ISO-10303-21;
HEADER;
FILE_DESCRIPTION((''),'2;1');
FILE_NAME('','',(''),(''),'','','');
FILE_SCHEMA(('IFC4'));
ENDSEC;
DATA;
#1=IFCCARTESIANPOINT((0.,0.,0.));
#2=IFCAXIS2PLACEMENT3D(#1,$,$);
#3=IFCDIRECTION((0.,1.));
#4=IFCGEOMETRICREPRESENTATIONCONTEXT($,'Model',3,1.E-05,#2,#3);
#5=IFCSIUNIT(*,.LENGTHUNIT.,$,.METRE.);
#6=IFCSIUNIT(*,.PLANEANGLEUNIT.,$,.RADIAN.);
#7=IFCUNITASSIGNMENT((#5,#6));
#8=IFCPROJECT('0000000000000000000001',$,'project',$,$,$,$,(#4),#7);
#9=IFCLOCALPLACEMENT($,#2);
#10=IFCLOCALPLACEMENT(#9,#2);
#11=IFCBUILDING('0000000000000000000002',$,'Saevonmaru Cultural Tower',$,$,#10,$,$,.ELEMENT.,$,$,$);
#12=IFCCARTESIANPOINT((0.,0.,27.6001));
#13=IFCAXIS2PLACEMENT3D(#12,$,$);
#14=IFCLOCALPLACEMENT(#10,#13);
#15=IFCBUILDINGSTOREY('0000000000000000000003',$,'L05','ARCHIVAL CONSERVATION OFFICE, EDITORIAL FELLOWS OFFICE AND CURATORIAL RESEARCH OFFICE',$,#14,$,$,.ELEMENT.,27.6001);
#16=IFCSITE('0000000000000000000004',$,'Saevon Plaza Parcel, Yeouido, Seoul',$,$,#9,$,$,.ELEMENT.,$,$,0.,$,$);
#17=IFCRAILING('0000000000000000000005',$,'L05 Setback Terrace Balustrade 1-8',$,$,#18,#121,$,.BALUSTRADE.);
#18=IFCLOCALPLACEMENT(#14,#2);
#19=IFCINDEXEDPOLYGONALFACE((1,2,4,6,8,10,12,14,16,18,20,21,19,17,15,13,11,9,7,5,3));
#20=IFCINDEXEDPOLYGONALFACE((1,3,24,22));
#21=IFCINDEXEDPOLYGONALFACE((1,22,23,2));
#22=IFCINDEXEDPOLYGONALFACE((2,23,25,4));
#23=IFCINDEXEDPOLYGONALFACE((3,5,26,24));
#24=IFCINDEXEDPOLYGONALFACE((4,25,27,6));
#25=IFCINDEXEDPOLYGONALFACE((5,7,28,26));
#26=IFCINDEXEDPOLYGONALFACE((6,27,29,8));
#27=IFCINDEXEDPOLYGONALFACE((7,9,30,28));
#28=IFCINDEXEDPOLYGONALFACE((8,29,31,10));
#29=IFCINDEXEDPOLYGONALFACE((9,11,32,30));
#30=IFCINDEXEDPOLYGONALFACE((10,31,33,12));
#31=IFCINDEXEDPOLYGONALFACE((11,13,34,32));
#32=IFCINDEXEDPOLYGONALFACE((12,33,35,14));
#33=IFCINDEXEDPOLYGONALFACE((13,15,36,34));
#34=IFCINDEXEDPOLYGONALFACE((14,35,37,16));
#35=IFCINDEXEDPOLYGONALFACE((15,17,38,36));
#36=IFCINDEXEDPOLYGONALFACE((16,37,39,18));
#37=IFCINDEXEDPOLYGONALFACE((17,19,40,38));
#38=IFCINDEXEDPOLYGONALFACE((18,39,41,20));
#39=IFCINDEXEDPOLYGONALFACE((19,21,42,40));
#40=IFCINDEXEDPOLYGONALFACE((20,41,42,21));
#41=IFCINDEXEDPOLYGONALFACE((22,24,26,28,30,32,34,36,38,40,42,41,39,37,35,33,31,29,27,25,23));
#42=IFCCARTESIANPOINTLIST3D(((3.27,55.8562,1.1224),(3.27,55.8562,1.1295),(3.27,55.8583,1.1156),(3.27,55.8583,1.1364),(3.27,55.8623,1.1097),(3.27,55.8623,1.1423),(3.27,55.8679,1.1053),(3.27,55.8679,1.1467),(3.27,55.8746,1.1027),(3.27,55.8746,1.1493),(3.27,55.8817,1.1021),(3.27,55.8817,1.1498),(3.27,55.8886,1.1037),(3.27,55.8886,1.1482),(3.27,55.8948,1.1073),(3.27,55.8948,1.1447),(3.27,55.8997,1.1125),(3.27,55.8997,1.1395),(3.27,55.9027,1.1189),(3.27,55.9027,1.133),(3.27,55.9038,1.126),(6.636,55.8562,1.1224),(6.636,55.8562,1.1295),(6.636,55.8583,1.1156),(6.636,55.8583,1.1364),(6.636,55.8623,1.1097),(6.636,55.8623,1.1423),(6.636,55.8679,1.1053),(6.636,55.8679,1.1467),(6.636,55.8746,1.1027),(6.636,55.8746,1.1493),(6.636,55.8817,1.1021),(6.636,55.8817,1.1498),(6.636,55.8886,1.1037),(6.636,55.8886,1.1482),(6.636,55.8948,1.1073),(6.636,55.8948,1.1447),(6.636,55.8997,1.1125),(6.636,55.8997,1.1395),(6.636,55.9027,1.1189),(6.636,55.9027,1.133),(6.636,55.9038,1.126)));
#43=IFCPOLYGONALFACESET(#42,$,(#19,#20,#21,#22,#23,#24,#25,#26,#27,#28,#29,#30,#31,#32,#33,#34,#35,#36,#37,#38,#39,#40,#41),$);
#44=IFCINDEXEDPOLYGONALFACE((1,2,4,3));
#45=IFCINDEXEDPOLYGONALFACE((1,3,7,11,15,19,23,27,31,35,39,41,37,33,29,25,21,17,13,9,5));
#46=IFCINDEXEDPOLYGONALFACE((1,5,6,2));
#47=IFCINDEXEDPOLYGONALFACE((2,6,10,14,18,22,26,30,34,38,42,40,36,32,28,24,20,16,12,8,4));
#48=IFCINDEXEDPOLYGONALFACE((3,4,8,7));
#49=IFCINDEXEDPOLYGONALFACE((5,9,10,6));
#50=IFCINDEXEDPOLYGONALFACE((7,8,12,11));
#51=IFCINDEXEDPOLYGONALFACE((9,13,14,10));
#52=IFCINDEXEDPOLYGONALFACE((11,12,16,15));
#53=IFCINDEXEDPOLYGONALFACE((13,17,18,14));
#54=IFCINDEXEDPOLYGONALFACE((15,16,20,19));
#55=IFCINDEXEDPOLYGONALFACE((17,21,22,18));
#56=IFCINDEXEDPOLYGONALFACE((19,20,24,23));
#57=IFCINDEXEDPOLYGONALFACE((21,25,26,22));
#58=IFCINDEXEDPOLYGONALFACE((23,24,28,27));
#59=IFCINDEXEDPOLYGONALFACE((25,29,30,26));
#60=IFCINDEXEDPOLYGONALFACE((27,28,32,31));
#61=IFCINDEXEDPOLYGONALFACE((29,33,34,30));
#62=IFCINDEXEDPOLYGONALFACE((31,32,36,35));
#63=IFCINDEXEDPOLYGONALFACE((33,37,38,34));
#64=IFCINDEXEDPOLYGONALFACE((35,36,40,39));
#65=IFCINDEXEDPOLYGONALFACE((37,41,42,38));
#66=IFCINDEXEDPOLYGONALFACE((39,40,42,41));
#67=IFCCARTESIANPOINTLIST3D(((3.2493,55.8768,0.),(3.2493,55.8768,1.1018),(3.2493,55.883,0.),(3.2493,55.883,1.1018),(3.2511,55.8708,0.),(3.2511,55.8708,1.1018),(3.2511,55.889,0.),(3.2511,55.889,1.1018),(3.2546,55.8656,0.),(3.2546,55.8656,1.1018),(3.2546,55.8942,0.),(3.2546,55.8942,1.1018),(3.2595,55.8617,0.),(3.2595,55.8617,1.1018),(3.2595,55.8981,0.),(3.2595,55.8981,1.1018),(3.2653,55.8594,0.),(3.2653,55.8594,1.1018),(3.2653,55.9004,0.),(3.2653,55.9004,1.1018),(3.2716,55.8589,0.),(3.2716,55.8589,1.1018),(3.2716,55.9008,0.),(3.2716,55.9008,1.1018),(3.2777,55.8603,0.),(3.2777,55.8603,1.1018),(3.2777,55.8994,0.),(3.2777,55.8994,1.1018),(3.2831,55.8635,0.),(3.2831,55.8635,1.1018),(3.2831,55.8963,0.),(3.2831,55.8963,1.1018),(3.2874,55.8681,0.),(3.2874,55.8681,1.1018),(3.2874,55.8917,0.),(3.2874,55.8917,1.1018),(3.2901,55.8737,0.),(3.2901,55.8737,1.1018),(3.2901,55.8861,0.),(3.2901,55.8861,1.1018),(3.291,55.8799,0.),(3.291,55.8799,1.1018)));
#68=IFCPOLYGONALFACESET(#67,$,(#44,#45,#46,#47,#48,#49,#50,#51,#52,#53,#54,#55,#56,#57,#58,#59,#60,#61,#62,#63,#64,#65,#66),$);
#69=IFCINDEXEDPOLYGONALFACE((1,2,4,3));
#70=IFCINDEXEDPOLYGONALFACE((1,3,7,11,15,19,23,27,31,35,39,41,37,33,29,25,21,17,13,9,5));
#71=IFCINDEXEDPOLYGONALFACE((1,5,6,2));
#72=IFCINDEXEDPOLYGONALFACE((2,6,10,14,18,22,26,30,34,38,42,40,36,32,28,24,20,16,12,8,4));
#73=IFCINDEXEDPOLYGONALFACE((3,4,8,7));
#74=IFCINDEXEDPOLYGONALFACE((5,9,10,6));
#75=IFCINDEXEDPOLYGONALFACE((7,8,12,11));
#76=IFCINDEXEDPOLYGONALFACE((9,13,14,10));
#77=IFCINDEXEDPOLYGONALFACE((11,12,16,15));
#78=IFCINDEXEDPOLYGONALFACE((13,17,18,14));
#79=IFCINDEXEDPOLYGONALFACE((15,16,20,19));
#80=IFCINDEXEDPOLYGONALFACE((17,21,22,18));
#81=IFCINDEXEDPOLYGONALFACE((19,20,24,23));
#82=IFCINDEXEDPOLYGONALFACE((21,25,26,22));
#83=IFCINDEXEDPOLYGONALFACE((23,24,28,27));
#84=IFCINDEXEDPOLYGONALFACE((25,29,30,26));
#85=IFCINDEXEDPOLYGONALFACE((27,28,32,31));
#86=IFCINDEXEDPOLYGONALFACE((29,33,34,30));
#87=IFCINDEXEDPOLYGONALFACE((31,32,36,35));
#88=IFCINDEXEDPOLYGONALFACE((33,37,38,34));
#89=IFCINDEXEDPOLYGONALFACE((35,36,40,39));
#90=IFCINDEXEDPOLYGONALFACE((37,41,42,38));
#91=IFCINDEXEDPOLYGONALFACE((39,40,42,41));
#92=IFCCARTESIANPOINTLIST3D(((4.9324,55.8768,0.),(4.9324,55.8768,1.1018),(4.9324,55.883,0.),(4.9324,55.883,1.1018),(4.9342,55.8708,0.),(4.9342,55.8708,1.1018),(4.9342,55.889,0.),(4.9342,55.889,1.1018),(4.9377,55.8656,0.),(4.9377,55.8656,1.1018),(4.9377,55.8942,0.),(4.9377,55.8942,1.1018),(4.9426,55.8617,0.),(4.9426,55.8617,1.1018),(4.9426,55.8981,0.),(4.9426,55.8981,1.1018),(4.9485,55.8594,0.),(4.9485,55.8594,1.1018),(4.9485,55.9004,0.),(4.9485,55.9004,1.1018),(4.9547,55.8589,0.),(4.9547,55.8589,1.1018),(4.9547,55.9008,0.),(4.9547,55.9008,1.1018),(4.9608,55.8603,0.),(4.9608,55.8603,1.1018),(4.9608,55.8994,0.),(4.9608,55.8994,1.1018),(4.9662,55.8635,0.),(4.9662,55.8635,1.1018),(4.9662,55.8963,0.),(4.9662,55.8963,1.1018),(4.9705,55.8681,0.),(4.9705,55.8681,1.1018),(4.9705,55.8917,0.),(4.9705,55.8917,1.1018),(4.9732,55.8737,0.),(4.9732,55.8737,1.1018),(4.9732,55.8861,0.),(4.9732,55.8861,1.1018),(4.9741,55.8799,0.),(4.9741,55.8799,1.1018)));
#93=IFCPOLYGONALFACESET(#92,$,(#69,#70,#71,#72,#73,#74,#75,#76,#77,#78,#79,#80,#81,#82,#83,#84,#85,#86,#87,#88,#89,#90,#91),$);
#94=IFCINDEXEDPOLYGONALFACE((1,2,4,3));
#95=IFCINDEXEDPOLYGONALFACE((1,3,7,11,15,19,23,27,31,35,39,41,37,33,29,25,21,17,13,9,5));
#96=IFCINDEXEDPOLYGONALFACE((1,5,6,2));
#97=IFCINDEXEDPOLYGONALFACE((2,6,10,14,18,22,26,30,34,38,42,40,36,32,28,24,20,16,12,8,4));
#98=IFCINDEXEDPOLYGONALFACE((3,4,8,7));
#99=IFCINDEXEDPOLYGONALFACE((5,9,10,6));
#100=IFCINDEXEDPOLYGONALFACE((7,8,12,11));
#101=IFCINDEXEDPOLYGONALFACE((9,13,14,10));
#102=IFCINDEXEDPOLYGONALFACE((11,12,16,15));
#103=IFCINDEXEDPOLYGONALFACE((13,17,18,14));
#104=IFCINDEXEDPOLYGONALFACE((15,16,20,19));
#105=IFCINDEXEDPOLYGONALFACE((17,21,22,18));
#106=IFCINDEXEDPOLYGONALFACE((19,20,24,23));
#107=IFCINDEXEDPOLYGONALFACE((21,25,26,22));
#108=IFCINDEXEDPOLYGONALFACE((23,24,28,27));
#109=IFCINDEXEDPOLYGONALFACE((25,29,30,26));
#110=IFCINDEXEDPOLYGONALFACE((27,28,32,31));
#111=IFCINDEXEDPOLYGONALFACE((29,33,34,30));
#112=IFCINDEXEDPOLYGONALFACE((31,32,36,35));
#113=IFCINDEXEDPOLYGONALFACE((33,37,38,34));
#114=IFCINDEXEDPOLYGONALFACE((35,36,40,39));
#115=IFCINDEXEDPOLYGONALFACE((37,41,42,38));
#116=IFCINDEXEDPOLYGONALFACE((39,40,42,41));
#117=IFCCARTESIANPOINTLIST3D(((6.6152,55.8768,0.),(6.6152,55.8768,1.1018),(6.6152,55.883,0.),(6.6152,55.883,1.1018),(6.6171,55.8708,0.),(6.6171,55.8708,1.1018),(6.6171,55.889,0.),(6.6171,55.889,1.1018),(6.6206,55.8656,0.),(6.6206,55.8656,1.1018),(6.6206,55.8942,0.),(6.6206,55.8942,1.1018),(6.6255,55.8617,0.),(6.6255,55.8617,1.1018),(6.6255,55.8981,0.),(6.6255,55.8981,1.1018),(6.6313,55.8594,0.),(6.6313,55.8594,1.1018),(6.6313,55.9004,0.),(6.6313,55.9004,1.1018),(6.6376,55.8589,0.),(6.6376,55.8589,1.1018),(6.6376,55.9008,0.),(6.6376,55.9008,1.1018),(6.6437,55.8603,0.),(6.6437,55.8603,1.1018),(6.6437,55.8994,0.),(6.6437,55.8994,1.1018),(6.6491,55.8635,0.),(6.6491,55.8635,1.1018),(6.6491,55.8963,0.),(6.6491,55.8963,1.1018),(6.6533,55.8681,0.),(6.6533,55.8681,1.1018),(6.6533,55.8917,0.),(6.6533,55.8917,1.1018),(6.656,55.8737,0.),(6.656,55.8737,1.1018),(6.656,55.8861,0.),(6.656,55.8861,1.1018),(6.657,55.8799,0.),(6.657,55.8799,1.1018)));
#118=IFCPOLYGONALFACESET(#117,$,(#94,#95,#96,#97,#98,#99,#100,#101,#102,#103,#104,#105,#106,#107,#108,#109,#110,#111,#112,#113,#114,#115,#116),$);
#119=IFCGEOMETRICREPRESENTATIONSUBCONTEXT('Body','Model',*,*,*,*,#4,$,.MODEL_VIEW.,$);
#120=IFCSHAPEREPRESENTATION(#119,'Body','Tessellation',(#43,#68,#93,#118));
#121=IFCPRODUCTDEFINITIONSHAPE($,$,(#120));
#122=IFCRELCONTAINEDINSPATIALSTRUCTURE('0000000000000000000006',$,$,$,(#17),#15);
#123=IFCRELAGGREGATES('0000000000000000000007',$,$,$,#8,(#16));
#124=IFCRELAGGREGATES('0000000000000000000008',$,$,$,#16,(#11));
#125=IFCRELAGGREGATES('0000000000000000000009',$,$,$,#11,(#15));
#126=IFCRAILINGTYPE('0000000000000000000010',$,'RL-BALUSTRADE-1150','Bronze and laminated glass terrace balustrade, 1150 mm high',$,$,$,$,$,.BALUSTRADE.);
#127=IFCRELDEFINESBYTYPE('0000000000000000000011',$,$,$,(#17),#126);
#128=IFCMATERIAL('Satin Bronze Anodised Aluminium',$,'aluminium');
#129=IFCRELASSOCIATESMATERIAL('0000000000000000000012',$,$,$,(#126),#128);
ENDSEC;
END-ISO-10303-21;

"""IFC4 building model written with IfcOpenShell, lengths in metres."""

from ifc_helpers import new_model, si_unit, direction, frame, origin, origin_2d, place, context, subcontext, project, spatial, circle, extrude, material, type_object, element, save


model = new_model("IFC4")

# Units and contexts
model_context = context("Model", 3, precision=1e-05, world=origin(), true_north=direction((0.0, 1.0)))
body_context = subcontext(model_context, "Body", "Model", "MODEL_VIEW")
ifc_project = project(units=[si_unit("LENGTHUNIT", "METRE"), si_unit("PLANEANGLEUNIT", "RADIAN")], contexts=[model_context])

# Site, building, storey
site_placement = place(None, origin())
site = spatial("IfcSite", under=ifc_project, at=site_placement, Name="Saevon Plaza Parcel, Yeouido, Seoul", CompositionType="ELEMENT", RefElevation=0.0)
building_placement = place(site_placement, origin())
building = spatial("IfcBuilding", under=site, at=building_placement, Name="Saevonmaru Cultural Tower", CompositionType="ELEMENT")
storey_placement = place(building_placement, frame((0.0, 0.0, 27.6001)))
storey = spatial("IfcBuildingStorey", under=building, at=storey_placement, Name="L05", Description="ARCHIVAL CONSERVATION OFFICE, EDITORIAL FELLOWS OFFICE AND CURATORIAL RESEARCH OFFICE", CompositionType="ELEMENT", Elevation=27.6001)

# Shared definitions
ifc_material_1 = material(Name="Satin Bronze Anodised Aluminium", Category="aluminium")

# Railing
railing_type_1 = type_object("IfcRailingType", Name="RL-BALUSTRADE-1150", Description="Bronze and laminated glass terrace balustrade, 1150 mm high", PredefinedType="BALUSTRADE", material=ifc_material_1)
railing_1_placement = place(storey_placement, frame((3.27, 55.8799, 0.0)))
element("IfcRailing", 1, at=railing_1_placement, inside=storey, type_object=railing_type_1, Name="L05 Setback Terrace Balustrade 1-8", PredefinedType="BALUSTRADE", context=body_context, shape_type="SweptSolid", body=[
    extrude(circle(Radius=0.0239, at=origin_2d()), frame((0.0, 0.0, 1.126), z_axis=(1.0, 0.0, 0.0), x_axis=(0.0, 1.0, 0.0)), (0.0, 0.0, 1.0), 3.366),
    extrude(circle(Radius=0.021, at=origin_2d()), origin(), (0.0, 0.0, 1.0), 1.1018),
    extrude(circle(Radius=0.021, at=origin_2d()), frame((1.6831, 0.0, 0.0)), (0.0, 0.0, 1.0), 1.1018),
    extrude(circle(Radius=0.021, at=origin_2d()), frame((3.366, 0.0, 0.0)), (0.0, 0.0, 1.0), 1.1018),
])

save(model, "model.ifc")
